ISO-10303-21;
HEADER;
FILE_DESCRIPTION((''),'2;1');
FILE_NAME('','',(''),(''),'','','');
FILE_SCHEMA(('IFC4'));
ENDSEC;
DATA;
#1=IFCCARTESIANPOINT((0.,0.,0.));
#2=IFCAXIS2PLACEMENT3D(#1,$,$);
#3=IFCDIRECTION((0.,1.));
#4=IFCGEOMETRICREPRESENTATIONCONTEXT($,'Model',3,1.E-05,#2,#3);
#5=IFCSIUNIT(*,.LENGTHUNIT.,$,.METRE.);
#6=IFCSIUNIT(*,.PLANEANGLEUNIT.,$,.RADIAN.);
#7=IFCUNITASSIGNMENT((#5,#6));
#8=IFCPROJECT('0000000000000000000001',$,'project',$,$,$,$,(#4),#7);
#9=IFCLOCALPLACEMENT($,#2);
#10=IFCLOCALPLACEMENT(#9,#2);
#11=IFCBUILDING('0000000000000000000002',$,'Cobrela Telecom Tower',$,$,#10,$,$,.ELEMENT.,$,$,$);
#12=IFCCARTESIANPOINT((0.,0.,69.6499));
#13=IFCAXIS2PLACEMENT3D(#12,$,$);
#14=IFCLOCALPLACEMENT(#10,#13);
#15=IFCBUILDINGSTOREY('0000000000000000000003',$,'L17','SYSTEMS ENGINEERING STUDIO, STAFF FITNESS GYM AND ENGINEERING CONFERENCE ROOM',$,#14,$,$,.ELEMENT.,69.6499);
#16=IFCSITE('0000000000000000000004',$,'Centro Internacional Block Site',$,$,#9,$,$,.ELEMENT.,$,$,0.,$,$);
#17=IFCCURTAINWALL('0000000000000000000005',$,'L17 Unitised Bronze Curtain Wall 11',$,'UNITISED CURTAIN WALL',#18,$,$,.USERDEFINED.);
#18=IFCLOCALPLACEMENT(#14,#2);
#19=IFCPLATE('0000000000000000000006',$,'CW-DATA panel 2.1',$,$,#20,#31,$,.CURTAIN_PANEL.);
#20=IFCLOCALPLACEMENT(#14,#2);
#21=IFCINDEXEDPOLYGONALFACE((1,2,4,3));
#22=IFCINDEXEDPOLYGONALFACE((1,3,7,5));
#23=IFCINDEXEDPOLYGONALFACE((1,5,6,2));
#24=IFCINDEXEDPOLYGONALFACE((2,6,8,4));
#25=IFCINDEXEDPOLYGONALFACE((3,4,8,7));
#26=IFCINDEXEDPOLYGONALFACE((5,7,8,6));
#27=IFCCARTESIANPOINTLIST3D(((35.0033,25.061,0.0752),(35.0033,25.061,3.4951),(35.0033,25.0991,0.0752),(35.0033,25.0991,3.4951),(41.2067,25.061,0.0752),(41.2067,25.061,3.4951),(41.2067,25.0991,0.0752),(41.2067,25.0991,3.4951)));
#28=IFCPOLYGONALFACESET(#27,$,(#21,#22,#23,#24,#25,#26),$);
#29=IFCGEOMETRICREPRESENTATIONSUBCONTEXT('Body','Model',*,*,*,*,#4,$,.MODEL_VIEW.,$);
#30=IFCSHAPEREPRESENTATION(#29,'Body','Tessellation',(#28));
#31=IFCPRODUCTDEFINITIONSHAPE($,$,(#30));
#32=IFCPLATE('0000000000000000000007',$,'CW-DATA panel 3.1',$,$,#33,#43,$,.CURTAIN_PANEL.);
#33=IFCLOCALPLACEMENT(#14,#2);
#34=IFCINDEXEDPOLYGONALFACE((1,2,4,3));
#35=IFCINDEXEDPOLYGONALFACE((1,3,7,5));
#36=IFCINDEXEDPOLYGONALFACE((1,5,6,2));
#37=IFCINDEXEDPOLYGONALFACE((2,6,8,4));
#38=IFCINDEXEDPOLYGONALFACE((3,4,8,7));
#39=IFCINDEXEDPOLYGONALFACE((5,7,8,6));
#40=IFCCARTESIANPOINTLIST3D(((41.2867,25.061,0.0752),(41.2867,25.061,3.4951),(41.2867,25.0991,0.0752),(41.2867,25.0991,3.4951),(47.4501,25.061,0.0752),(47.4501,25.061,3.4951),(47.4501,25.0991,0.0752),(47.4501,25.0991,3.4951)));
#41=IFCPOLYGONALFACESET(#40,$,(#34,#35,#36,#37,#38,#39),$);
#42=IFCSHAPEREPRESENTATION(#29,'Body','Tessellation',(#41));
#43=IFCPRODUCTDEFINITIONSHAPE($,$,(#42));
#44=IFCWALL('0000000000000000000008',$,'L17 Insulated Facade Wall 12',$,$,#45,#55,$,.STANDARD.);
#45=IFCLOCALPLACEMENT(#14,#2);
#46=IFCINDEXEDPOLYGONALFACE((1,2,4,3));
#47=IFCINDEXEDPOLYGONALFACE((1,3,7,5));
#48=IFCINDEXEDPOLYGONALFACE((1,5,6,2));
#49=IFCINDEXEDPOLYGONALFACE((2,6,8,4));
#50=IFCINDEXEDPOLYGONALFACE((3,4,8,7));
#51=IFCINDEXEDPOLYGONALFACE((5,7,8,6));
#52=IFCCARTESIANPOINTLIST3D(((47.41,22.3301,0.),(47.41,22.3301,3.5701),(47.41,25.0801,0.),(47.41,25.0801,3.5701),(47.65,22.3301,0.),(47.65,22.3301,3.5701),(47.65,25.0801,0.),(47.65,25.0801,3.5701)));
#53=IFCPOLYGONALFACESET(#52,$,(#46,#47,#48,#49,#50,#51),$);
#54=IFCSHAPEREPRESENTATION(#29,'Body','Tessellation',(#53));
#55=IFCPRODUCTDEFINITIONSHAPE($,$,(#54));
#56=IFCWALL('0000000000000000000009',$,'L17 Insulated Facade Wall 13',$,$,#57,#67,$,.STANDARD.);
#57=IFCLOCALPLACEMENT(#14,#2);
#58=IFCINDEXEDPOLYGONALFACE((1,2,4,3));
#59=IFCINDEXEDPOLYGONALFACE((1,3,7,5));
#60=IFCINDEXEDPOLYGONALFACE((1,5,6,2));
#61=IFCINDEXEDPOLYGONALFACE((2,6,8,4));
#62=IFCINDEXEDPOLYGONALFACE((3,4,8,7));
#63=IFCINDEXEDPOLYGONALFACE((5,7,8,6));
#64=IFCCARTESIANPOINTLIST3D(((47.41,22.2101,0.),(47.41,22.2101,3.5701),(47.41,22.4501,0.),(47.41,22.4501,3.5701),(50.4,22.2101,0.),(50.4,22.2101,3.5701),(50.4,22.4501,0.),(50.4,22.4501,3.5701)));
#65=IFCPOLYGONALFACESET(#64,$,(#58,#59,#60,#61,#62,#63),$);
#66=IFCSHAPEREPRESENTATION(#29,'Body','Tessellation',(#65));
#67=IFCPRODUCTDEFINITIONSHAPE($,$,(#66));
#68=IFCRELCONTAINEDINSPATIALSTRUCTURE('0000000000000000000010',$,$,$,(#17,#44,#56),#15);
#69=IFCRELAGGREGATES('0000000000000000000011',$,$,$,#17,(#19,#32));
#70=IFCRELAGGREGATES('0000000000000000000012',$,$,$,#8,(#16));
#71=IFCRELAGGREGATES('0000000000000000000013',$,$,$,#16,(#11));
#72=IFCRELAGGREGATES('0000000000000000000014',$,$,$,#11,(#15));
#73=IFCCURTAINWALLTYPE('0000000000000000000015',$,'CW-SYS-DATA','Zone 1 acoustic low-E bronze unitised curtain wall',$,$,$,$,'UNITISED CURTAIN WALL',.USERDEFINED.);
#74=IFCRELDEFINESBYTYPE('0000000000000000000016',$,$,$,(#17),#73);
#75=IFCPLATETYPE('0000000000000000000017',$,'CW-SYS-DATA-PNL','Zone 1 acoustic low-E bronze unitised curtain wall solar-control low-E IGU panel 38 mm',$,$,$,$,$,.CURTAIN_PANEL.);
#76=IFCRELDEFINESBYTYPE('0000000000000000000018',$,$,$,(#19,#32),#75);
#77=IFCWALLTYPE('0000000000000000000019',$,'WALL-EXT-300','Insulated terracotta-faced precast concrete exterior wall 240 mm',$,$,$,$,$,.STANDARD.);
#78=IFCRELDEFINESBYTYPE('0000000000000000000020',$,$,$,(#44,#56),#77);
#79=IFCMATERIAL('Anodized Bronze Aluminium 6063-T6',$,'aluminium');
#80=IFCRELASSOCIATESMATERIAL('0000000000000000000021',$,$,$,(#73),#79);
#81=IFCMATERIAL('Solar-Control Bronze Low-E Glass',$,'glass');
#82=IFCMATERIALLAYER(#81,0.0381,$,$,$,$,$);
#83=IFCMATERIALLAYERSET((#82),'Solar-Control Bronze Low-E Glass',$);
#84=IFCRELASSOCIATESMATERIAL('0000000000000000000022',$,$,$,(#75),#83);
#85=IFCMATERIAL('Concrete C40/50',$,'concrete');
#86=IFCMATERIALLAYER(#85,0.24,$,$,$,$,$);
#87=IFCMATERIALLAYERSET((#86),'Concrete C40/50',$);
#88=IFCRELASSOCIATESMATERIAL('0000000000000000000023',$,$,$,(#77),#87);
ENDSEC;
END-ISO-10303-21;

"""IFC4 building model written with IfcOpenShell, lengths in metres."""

from ifc_helpers import new_model, si_unit, direction, frame, frame_2d, origin, origin_2d, place, context, subcontext, project, spatial, rectangle, extrude, material, layer, layer_set, type_object, element, aggregate, save


model = new_model("IFC4")

# Units and contexts
model_context = context("Model", 3, precision=1e-05, world=origin(), true_north=direction((0.0, 1.0)))
body_context = subcontext(model_context, "Body", "Model", "MODEL_VIEW")
ifc_project = project(units=[si_unit("LENGTHUNIT", "METRE"), si_unit("PLANEANGLEUNIT", "RADIAN")], contexts=[model_context])

# Site, building, storey
site_placement = place(None, origin())
site = spatial("IfcSite", under=ifc_project, at=site_placement, Name="Centro Internacional Block Site", CompositionType="ELEMENT", RefElevation=0.0)
building_placement = place(site_placement, origin())
building = spatial("IfcBuilding", under=site, at=building_placement, Name="Cobrela Telecom Tower", CompositionType="ELEMENT")
storey_placement = place(building_placement, frame((0.0, 0.0, 69.6499)))
storey = spatial("IfcBuildingStorey", under=building, at=storey_placement, Name="L17", Description="SYSTEMS ENGINEERING STUDIO, STAFF FITNESS GYM AND ENGINEERING CONFERENCE ROOM", CompositionType="ELEMENT", Elevation=69.6499)

# Shared definitions
ifc_material_1 = material(Name="Anodized Bronze Aluminium 6063-T6", Category="aluminium")
curtain_wall_type = type_object("IfcCurtainWallType", Name="CW-SYS-DATA", Description="Zone 1 acoustic low-E bronze unitised curtain wall", ElementType="UNITISED CURTAIN WALL", PredefinedType="USERDEFINED", material=ifc_material_1)

# Curtain wall
curtain_wall_1_placement = place(storey_placement, origin())
curtain_wall_1 = element("IfcCurtainWall", 1, at=curtain_wall_1_placement, inside=storey, type_object=curtain_wall_type, Name="L17 Unitised Bronze Curtain Wall 11", ObjectType="UNITISED CURTAIN WALL", PredefinedType="USERDEFINED")

# Plates
ifc_material_2 = material(Name="Solar-Control Bronze Low-E Glass", Category="glass")
ifc_layer_1 = layer(ifc_material_2, 0.0381)
ifc_layer_set_1 = layer_set([ifc_layer_1], Name="Solar-Control Bronze Low-E Glass")
plate_type = type_object("IfcPlateType", Name="CW-SYS-DATA-PNL", Description="Zone 1 acoustic low-E bronze unitised curtain wall solar-control low-E IGU panel 38 mm", PredefinedType="CURTAIN_PANEL", material=ifc_layer_set_1)
plate_1_placement = place(storey_placement, frame((38.105, 25.0801, 0.0752), z_axis=(0.0, 0.0, 1.0), x_axis=(1.0, 0.0, 0.0)))
plate_1 = element("IfcPlate", 2, at=plate_1_placement, type_object=plate_type, Name="CW-DATA panel 2.1", PredefinedType="CURTAIN_PANEL", context=body_context, shape_type="SweptSolid", body=[
    extrude(rectangle(XDim=6.2034, YDim=0.0381, at=origin_2d()), origin(), (0.0, 0.0, 1.0), 3.4199),
])
plate_2_placement = place(storey_placement, frame((44.3684, 25.0801, 0.0752), z_axis=(0.0, 0.0, 1.0), x_axis=(1.0, 0.0, 0.0)))
plate_2 = element("IfcPlate", 3, at=plate_2_placement, type_object=plate_type, Name="CW-DATA panel 3.1", PredefinedType="CURTAIN_PANEL", context=body_context, shape_type="SweptSolid", body=[
    extrude(rectangle(XDim=6.1633, YDim=0.0381, at=origin_2d()), origin(), (0.0, 0.0, 1.0), 3.4199),
])
aggregate(curtain_wall_1, [plate_1, plate_2])

# Walls
ifc_material_3 = material(Name="Concrete C40/50", Category="concrete")
ifc_layer_2 = layer(ifc_material_3, 0.24)
ifc_layer_set_2 = layer_set([ifc_layer_2], Name="Concrete C40/50")
wall_type = type_object("IfcWallType", Name="WALL-EXT-300", Description="Insulated terracotta-faced precast concrete exterior wall 240 mm", PredefinedType="STANDARD", material=ifc_layer_set_2)
wall_1_placement = place(storey_placement, frame((47.53, 25.0801, 0.0), z_axis=(0.0, 0.0, 1.0), x_axis=(0.0, -1.0, 0.0)))
element("IfcWall", 4, at=wall_1_placement, inside=storey, type_object=wall_type, Name="L17 Insulated Facade Wall 12", PredefinedType="STANDARD", context=body_context, shape_type="SweptSolid", body=[
    extrude(rectangle(XDim=2.75, YDim=0.24, at=frame_2d((1.375, 0.0))), origin(), (0.0, 0.0, 1.0), 3.5701),
])
wall_2_placement = place(storey_placement, frame((47.4099, 22.3301, 0.0), z_axis=(0.0, 0.0, 1.0), x_axis=(1.0, 0.0, 0.0)))
element("IfcWall", 5, at=wall_2_placement, inside=storey, type_object=wall_type, Name="L17 Insulated Facade Wall 13", PredefinedType="STANDARD", context=body_context, shape_type="SweptSolid", body=[
    extrude(rectangle(XDim=2.99, YDim=0.24, at=frame_2d((1.4951, 0.0))), origin(), (0.0, 0.0, 1.0), 3.5701),
])

save(model, "model.ifc")
